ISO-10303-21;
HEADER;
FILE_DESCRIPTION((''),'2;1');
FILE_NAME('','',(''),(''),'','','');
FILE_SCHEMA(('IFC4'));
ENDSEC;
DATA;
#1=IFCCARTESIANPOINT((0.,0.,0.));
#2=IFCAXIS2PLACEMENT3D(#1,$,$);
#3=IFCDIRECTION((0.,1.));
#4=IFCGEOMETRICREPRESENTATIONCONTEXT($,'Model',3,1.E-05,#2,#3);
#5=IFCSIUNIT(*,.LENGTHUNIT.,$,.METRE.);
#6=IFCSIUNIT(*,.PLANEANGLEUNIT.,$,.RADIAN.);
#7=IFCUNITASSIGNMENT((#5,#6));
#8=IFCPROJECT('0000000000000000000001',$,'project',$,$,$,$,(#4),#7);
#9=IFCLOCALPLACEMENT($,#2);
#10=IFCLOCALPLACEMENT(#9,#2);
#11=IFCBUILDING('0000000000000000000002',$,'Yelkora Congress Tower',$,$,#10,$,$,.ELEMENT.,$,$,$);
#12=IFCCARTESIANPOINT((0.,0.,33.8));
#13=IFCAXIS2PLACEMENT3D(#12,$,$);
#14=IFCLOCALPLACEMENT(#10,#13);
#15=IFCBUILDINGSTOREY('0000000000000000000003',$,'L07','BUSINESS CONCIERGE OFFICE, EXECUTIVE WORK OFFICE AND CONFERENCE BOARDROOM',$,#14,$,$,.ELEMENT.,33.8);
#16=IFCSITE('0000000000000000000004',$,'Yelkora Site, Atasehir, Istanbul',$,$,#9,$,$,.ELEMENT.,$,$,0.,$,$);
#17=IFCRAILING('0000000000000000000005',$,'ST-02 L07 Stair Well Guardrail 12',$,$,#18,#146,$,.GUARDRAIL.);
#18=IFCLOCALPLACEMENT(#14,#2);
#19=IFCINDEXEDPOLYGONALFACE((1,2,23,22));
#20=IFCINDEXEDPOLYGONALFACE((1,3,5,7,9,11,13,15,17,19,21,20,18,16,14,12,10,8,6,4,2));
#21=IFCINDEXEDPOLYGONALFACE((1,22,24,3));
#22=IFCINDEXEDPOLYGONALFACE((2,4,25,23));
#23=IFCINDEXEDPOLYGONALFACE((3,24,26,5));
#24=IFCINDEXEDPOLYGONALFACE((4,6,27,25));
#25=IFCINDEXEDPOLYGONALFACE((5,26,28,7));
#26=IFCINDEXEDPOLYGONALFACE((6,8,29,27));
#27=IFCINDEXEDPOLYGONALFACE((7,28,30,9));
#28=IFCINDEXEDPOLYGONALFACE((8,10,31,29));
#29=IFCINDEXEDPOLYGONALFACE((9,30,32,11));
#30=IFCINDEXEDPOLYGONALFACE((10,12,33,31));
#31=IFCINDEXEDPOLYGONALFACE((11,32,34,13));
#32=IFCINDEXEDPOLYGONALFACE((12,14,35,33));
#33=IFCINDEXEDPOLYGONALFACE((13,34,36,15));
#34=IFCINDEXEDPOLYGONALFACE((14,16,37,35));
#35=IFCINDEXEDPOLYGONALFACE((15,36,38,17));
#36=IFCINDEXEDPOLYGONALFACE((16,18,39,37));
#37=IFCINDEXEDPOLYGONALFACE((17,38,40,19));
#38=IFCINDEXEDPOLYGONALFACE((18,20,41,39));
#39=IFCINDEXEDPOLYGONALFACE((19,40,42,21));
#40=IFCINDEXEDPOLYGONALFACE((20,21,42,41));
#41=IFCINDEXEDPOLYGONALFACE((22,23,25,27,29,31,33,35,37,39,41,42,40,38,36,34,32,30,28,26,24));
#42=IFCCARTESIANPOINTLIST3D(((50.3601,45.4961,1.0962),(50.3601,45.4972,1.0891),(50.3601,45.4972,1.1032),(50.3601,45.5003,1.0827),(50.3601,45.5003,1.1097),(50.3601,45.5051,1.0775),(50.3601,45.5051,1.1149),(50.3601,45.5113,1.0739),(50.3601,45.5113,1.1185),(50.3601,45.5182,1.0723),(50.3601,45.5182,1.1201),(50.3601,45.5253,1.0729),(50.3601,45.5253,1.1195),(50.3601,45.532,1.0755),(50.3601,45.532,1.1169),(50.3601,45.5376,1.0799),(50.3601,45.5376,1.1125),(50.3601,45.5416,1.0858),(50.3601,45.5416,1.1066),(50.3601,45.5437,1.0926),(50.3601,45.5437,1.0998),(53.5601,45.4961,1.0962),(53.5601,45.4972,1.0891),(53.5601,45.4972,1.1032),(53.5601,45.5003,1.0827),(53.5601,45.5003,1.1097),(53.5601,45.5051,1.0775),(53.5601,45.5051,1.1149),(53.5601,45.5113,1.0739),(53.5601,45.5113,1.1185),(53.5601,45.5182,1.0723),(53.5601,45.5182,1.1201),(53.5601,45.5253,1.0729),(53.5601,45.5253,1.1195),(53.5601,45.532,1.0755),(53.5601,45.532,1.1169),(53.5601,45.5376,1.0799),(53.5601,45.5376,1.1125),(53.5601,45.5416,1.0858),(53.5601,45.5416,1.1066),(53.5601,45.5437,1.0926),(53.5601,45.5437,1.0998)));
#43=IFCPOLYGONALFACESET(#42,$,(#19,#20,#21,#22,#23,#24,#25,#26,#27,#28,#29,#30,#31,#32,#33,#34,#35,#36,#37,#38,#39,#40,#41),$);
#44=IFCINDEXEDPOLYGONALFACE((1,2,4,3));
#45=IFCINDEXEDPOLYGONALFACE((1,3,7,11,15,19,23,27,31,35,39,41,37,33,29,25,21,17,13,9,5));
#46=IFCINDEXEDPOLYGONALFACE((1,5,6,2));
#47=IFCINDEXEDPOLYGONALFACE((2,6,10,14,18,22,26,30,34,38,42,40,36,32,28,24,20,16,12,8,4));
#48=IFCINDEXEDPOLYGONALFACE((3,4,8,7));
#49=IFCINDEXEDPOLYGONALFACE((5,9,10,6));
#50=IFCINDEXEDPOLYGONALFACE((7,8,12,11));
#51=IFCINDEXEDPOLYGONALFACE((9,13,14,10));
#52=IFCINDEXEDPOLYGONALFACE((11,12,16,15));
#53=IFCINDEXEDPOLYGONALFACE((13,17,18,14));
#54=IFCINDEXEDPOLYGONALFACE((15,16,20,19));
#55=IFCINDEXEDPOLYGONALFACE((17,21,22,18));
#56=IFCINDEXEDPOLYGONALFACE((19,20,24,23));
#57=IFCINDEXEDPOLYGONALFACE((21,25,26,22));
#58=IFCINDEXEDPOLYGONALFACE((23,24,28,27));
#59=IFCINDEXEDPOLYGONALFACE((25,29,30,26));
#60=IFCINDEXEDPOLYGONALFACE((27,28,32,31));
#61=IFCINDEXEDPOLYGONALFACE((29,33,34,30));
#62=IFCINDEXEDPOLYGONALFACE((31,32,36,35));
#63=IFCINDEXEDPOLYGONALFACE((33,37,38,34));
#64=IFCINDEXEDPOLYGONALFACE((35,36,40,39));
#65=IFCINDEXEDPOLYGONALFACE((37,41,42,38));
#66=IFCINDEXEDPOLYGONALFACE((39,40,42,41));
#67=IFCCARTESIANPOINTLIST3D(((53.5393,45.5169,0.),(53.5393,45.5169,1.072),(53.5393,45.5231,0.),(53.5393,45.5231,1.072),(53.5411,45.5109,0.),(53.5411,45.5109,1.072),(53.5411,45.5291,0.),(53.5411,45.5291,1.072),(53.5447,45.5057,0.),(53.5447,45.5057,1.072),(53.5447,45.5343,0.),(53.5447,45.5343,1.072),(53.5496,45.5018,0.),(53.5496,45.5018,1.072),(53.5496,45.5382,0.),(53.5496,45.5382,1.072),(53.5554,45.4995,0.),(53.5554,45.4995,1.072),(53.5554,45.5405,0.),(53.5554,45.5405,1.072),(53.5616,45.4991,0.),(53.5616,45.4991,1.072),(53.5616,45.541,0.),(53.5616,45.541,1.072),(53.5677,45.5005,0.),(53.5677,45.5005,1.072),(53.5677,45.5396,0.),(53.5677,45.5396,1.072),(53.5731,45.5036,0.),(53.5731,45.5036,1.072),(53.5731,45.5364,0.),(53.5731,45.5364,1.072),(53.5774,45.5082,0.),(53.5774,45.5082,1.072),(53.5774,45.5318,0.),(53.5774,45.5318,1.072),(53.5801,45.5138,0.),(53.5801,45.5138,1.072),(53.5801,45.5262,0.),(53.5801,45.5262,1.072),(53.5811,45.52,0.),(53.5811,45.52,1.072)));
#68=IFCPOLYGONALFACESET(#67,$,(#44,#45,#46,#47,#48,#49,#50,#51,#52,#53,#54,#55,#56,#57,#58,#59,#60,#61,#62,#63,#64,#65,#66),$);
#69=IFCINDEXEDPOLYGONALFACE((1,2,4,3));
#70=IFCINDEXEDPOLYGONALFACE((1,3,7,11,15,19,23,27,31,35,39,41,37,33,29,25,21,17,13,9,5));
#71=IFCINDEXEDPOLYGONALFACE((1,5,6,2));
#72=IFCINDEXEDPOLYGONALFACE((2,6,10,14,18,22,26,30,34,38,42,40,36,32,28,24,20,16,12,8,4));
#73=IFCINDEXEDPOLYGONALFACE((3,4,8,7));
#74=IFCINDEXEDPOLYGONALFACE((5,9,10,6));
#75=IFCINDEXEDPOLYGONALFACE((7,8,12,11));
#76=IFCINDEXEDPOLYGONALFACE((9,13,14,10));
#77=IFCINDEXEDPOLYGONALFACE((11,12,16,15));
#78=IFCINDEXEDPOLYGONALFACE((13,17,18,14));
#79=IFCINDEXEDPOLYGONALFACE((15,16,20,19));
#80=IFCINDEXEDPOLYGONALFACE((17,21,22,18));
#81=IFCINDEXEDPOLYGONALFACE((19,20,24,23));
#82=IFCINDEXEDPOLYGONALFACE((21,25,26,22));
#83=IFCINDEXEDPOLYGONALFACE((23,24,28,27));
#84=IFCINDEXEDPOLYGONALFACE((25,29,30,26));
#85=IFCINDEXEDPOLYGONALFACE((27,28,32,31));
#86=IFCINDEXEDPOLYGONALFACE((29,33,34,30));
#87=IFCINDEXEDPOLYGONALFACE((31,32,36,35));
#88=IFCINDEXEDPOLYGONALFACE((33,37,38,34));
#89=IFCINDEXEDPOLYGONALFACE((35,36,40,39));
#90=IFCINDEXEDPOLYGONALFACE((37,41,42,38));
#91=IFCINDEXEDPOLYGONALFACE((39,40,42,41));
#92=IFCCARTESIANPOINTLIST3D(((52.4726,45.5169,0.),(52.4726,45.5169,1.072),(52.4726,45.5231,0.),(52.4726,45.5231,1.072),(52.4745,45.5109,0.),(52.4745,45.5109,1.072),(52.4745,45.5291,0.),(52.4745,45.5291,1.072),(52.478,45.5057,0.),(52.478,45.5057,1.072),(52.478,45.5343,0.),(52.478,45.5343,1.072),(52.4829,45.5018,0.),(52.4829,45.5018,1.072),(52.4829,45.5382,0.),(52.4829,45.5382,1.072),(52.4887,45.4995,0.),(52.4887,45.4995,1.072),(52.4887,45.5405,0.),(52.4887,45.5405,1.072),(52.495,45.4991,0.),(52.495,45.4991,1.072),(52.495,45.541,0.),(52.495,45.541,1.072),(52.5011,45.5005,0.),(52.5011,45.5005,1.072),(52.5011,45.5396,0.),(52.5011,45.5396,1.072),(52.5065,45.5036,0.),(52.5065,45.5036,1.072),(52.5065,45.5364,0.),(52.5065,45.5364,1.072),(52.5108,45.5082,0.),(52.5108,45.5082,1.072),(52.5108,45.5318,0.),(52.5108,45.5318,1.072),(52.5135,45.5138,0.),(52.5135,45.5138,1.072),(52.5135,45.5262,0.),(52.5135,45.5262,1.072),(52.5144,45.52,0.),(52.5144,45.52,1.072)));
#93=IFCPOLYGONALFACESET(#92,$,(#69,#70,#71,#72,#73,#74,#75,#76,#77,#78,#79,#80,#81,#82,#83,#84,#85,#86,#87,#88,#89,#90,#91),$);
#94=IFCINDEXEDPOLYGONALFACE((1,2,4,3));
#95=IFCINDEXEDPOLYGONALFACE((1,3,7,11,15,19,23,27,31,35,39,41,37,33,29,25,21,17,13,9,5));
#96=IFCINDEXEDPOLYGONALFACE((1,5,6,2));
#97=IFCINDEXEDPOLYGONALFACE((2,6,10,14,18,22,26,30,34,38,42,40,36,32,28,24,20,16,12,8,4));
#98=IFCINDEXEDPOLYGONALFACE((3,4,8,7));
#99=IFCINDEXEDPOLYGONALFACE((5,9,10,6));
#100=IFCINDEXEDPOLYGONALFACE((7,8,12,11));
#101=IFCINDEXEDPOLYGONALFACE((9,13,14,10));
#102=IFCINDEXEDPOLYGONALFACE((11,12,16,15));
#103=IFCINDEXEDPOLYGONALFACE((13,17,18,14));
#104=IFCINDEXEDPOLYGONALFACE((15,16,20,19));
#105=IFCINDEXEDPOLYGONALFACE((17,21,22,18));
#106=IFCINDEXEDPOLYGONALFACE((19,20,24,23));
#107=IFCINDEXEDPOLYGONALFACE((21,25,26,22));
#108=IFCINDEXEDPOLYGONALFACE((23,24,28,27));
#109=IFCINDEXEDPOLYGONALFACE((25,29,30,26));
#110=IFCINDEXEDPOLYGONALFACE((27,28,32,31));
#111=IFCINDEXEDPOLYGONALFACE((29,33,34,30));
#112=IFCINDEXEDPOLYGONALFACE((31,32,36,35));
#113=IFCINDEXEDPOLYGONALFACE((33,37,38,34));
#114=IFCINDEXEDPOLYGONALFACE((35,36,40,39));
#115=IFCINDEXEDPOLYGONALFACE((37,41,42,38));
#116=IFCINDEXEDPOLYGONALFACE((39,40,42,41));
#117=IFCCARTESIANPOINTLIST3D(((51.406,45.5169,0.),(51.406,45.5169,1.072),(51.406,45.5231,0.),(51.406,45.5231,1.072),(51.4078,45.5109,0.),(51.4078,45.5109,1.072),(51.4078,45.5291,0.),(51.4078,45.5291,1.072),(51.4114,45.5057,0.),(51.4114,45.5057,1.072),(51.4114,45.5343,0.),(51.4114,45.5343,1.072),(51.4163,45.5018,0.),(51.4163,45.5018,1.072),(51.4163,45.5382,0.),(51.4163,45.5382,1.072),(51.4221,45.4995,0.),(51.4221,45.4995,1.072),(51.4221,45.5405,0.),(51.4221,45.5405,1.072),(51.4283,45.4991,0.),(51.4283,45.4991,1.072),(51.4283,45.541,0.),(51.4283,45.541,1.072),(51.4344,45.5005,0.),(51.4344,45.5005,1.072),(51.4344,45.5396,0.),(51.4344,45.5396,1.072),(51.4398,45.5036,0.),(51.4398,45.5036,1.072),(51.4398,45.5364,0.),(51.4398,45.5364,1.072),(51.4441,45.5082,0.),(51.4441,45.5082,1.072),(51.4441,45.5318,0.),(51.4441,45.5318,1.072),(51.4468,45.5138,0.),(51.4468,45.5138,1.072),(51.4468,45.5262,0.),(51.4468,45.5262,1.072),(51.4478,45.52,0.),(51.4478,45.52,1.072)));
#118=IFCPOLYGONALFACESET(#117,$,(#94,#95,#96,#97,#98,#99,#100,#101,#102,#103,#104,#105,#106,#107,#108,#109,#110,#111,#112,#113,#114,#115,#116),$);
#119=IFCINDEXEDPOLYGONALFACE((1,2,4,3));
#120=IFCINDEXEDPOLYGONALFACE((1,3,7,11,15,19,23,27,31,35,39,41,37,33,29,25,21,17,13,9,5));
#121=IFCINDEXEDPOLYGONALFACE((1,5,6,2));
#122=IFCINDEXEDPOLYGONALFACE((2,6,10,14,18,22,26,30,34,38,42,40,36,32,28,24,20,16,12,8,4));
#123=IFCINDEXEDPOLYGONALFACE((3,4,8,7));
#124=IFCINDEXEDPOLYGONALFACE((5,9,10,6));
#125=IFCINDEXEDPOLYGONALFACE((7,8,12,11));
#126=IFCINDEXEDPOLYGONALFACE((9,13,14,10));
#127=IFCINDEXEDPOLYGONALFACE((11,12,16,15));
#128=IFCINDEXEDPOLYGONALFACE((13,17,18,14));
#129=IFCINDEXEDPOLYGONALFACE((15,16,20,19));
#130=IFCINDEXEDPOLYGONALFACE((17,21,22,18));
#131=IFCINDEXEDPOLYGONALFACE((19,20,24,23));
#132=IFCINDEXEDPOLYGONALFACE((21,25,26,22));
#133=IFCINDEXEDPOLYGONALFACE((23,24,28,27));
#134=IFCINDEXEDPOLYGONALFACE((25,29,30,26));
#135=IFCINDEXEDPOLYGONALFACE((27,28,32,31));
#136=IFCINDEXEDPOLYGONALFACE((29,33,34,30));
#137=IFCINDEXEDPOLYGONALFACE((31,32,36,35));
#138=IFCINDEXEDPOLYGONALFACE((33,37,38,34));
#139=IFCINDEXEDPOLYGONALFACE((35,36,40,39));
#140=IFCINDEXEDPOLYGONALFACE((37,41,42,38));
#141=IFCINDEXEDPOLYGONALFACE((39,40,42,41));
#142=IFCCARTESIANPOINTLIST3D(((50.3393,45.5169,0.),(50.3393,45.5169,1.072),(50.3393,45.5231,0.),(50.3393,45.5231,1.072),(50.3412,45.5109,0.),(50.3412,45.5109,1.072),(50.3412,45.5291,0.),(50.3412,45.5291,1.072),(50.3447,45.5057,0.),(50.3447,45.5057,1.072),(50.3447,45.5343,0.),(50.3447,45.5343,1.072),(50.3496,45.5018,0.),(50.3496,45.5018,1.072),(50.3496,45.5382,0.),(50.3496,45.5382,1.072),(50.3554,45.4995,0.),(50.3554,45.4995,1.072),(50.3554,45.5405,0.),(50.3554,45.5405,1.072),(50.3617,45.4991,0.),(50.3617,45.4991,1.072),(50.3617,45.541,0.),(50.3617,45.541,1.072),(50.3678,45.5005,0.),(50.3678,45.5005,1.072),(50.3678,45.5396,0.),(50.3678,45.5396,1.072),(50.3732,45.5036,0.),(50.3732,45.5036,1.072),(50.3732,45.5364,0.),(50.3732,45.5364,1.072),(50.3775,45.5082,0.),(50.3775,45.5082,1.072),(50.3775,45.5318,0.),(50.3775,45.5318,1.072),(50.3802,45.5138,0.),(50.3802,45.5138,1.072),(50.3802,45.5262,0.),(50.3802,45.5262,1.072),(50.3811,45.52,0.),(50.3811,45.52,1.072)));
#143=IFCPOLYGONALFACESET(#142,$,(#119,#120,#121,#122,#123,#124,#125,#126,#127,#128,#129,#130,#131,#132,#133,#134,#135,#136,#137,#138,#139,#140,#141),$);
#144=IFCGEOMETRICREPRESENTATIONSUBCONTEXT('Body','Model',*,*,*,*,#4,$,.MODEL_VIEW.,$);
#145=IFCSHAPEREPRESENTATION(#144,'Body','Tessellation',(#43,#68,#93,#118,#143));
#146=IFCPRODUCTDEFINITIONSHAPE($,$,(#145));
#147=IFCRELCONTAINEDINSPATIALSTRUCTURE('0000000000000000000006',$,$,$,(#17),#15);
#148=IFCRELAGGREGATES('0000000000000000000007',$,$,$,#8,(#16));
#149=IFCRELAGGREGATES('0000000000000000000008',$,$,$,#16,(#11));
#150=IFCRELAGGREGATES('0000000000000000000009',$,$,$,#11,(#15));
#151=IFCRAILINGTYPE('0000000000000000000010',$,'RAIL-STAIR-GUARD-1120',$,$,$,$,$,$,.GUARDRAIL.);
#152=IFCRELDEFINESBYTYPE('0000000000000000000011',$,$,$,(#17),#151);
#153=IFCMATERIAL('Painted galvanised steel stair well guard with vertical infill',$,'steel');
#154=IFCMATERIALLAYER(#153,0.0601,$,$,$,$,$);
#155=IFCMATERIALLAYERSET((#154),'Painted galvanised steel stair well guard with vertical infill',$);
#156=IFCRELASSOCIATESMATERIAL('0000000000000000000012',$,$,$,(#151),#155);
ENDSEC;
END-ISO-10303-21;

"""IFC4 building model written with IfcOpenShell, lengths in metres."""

from ifc_helpers import new_model, si_unit, direction, frame, origin, origin_2d, place, context, subcontext, project, spatial, circle, extrude, material, layer, layer_set, type_object, element, save


model = new_model("IFC4")

# Units and contexts
model_context = context("Model", 3, precision=1e-05, world=origin(), true_north=direction((0.0, 1.0)))
body_context = subcontext(model_context, "Body", "Model", "MODEL_VIEW")
ifc_project = project(units=[si_unit("LENGTHUNIT", "METRE"), si_unit("PLANEANGLEUNIT", "RADIAN")], contexts=[model_context])

# Site, building, storey
site_placement = place(None, origin())
site = spatial("IfcSite", under=ifc_project, at=site_placement, Name="Yelkora Site, Atasehir, Istanbul", CompositionType="ELEMENT", RefElevation=0.0)
building_placement = place(site_placement, origin())
building = spatial("IfcBuilding", under=site, at=building_placement, Name="Yelkora Congress Tower", CompositionType="ELEMENT")
storey_placement = place(building_placement, frame((0.0, 0.0, 33.8)))
storey = spatial("IfcBuildingStorey", under=building, at=storey_placement, Name="L07", Description="BUSINESS CONCIERGE OFFICE, EXECUTIVE WORK OFFICE AND CONFERENCE BOARDROOM", CompositionType="ELEMENT", Elevation=33.8)

# Railing
ifc_material_1 = material(Name="Painted galvanised steel stair well guard with vertical infill", Category="steel")
ifc_layer_1 = layer(ifc_material_1, 0.0601)
ifc_layer_set_1 = layer_set([ifc_layer_1], Name="Painted galvanised steel stair well guard with vertical infill")
railing_type_1 = type_object("IfcRailingType", Name="RAIL-STAIR-GUARD-1120", PredefinedType="GUARDRAIL", material=ifc_layer_set_1)
railing_1_placement = place(storey_placement, frame((53.5601, 45.52, 0.0)))
element("IfcRailing", 1, at=railing_1_placement, inside=storey, type_object=railing_type_1, Name="ST-02 L07 Stair Well Guardrail 12", PredefinedType="GUARDRAIL", context=body_context, shape_type="SweptSolid", body=[
    extrude(circle(Radius=0.0239, at=origin_2d()), frame((0.0, 0.0, 1.0962), z_axis=(-1.0, 0.0, 0.0), x_axis=(0.0, -1.0, 0.0)), (0.0, 0.0, 1.0), 3.2),
    extrude(circle(Radius=0.021, at=origin_2d()), origin(), (0.0, 0.0, 1.0), 1.072),
    extrude(circle(Radius=0.021, at=origin_2d()), frame((-1.0667, 0.0, 0.0)), (0.0, 0.0, 1.0), 1.072),
    extrude(circle(Radius=0.021, at=origin_2d()), frame((-2.1333, 0.0, 0.0)), (0.0, 0.0, 1.0), 1.072),
    extrude(circle(Radius=0.021, at=origin_2d()), frame((-3.2, 0.0, 0.0)), (0.0, 0.0, 1.0), 1.072),
])

save(model, "model.ifc")
